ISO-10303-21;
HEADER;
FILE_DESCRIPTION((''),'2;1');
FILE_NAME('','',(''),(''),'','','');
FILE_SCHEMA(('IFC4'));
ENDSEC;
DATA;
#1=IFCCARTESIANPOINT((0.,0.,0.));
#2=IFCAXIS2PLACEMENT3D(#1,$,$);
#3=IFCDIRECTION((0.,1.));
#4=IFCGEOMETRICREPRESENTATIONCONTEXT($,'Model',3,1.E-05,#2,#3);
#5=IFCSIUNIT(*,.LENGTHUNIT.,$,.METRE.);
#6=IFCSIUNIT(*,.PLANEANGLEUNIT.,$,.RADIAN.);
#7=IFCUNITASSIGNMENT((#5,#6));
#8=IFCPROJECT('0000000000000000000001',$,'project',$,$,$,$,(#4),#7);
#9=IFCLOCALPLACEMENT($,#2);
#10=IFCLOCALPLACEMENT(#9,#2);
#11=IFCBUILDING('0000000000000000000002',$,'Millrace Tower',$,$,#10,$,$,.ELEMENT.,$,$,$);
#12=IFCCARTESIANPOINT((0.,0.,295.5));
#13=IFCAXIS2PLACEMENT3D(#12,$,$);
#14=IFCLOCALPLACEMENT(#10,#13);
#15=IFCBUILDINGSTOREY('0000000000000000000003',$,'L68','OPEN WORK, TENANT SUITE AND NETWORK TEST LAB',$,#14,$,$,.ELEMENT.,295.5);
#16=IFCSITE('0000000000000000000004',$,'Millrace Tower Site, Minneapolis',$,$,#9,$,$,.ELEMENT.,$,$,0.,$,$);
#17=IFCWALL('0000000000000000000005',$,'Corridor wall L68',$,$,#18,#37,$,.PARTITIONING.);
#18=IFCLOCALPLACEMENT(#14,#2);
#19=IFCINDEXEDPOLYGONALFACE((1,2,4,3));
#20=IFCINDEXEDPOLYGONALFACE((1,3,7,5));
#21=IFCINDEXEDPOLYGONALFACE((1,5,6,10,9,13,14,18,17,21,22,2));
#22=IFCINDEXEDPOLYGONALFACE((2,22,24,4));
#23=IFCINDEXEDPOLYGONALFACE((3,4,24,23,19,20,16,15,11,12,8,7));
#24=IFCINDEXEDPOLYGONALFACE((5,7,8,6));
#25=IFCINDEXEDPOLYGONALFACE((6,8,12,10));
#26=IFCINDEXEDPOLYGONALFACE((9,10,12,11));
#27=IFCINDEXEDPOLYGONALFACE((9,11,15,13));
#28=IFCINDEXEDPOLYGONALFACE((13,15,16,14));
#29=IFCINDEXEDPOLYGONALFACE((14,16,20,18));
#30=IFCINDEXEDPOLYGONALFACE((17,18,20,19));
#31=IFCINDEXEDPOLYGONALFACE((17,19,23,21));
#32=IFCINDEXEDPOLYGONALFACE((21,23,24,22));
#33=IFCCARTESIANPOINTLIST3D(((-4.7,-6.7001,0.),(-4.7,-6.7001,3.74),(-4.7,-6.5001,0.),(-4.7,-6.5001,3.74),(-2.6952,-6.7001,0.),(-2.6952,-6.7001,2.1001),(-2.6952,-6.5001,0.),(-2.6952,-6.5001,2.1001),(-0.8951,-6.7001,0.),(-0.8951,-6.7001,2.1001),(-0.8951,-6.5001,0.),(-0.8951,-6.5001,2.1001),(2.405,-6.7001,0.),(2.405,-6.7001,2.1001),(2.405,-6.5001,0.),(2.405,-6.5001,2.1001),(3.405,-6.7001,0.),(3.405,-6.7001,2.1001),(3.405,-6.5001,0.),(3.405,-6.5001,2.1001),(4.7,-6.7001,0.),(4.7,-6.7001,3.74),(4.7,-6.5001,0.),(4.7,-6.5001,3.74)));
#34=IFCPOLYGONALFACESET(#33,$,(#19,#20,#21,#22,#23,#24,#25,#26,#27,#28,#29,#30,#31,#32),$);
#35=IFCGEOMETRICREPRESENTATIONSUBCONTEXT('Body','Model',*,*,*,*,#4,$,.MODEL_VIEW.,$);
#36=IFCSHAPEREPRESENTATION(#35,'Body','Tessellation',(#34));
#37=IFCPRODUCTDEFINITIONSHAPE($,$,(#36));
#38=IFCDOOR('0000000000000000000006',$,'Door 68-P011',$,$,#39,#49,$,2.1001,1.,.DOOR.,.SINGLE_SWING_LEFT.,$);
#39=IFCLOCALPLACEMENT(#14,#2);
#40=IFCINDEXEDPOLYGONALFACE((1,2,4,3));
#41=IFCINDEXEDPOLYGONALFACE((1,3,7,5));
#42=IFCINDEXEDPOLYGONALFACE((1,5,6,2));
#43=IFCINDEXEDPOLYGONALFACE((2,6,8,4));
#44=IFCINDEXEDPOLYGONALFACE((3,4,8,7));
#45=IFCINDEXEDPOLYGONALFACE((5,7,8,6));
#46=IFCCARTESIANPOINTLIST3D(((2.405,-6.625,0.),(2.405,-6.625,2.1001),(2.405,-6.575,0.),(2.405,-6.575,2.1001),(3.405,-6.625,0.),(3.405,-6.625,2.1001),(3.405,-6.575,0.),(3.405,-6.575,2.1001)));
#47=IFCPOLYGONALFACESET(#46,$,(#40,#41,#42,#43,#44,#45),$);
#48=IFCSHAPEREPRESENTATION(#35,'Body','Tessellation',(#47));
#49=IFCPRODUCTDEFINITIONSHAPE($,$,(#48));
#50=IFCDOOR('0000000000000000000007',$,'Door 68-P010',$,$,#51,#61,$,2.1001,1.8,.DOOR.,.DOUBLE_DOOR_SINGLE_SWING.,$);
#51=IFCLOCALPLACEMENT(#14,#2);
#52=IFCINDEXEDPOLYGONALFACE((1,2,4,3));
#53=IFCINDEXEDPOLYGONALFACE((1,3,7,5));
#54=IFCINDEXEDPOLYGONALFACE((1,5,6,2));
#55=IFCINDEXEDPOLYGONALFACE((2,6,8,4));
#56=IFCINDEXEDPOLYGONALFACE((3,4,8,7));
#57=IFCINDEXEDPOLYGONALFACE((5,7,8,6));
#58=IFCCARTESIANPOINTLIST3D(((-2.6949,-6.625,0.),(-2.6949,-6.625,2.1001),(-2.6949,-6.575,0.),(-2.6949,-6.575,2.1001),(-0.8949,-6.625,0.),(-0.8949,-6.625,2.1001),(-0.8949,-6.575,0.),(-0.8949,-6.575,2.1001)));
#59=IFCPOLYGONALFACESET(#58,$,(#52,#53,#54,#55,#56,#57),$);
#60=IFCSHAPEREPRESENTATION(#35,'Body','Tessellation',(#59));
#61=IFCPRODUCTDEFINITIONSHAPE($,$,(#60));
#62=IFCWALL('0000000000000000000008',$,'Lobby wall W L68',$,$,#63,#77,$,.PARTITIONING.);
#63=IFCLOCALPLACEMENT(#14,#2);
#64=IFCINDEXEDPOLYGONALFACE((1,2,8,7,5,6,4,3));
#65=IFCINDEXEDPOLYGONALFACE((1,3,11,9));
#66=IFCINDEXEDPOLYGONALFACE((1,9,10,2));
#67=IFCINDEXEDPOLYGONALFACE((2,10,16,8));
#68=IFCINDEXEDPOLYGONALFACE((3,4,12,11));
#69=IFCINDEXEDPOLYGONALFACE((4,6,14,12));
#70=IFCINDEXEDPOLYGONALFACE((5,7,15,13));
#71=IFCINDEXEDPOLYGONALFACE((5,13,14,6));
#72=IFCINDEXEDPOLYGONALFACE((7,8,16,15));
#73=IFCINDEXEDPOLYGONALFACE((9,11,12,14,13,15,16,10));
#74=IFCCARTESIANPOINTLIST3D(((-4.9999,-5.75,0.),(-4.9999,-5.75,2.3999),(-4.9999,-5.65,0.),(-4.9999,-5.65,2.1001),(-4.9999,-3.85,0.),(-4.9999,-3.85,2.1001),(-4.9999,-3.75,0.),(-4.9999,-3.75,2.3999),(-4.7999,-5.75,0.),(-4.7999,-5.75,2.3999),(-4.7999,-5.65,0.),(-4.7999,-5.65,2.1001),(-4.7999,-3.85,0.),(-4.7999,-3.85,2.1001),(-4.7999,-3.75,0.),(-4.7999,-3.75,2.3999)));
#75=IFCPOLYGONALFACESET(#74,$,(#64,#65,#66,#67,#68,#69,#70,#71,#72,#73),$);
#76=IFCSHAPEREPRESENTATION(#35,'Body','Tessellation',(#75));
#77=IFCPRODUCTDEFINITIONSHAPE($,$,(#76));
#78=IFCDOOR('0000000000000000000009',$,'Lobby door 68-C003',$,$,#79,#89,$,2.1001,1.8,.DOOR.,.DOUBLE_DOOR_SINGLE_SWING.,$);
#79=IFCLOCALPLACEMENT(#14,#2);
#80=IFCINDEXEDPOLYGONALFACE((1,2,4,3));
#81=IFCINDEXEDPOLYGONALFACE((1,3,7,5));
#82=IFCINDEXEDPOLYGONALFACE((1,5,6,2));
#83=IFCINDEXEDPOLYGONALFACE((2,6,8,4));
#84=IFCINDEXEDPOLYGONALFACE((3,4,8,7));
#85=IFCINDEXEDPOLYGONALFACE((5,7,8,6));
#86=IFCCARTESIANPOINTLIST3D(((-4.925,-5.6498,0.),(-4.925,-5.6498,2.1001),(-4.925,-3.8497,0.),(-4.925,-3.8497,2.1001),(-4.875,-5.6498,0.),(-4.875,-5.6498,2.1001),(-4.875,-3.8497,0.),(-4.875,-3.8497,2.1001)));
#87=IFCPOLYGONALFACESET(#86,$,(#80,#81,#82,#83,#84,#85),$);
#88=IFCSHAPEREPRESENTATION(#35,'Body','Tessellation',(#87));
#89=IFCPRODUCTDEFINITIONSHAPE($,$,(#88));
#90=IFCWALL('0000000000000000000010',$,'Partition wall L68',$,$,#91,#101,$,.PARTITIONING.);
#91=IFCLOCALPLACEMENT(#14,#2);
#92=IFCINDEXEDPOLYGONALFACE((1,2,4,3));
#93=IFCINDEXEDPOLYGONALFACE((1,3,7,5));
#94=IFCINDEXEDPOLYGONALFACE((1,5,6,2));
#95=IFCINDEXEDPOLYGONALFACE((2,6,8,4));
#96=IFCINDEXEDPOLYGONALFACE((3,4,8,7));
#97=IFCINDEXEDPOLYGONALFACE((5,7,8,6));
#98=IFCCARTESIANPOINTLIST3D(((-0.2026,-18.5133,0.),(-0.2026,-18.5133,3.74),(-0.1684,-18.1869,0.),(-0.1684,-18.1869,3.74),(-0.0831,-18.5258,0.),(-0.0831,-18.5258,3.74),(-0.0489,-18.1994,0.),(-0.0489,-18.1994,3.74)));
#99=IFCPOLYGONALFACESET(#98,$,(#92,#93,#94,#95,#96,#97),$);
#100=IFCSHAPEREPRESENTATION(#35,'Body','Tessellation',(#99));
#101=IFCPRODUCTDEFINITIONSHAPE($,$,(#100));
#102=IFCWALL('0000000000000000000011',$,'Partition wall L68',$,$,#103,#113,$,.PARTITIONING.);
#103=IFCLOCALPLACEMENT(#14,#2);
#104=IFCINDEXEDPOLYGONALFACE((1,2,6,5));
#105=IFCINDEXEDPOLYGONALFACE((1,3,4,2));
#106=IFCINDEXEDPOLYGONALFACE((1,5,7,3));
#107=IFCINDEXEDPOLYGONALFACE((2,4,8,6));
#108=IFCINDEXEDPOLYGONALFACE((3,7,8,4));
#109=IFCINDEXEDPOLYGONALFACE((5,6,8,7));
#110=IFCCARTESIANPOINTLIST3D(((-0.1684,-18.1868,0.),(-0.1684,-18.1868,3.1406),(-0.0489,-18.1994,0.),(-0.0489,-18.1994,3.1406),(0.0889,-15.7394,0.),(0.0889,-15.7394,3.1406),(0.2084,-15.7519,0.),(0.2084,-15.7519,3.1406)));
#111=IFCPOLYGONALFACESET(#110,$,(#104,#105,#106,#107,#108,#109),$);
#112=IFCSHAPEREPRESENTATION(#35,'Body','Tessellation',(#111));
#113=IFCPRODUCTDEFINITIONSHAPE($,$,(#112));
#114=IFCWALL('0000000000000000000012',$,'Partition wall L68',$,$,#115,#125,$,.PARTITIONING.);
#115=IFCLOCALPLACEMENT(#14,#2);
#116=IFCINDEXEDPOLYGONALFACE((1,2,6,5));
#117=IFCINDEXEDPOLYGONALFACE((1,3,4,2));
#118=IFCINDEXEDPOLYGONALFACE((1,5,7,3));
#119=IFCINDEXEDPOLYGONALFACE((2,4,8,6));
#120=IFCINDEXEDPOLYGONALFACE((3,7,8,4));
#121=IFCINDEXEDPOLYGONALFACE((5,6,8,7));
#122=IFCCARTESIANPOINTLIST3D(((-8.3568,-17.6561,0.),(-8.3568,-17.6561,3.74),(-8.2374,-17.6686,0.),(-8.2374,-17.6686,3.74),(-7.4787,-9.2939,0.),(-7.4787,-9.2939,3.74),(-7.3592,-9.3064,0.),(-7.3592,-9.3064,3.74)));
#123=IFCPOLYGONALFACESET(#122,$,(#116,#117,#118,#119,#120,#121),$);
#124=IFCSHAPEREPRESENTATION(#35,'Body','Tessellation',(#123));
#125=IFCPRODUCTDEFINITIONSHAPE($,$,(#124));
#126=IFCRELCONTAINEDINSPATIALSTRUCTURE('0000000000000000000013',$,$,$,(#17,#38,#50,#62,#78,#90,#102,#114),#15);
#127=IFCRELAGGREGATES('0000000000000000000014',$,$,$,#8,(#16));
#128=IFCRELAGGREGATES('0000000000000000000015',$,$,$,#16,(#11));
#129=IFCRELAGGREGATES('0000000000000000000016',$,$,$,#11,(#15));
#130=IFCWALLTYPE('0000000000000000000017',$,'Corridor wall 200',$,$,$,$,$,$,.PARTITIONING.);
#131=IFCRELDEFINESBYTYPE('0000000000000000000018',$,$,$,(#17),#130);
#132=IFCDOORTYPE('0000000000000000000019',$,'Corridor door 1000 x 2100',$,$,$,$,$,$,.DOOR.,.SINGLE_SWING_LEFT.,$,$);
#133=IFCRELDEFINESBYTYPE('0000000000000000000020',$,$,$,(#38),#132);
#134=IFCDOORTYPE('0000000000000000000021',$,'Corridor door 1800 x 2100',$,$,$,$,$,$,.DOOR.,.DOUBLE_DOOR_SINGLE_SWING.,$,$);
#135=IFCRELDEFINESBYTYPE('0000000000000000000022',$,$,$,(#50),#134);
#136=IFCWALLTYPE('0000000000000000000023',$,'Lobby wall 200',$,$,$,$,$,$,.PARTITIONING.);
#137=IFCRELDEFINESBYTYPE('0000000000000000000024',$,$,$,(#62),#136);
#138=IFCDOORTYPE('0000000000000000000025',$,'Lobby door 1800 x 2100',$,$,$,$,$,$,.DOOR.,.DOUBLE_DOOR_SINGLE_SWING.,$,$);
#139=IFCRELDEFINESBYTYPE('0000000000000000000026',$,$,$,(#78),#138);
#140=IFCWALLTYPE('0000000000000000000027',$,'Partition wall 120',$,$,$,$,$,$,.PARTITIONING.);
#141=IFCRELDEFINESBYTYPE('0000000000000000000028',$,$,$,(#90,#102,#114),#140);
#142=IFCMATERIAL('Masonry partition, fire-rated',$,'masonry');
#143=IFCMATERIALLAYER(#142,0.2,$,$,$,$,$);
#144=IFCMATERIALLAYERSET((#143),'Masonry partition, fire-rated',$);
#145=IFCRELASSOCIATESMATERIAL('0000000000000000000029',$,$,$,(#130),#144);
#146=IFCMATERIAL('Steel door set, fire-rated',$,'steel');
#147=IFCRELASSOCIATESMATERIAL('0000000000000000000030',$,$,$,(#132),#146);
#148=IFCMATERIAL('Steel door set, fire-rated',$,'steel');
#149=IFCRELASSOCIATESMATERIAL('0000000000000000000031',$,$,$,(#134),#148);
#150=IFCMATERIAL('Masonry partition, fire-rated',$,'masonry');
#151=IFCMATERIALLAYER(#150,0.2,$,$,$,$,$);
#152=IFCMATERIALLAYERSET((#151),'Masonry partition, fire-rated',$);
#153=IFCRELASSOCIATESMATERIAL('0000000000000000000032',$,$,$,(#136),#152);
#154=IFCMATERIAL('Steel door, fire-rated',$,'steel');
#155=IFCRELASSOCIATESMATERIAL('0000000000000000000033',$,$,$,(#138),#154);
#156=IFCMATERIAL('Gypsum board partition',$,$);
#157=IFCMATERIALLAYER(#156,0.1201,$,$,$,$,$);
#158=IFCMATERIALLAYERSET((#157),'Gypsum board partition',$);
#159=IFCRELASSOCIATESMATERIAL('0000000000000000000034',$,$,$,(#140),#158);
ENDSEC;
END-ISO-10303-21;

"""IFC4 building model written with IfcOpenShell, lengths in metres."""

from ifc_helpers import new_model, si_unit, direction, frame, frame_2d, origin, place, context, subcontext, project, spatial, rectangle, extrude, material, layer, layer_set, type_object, element, fill, save


model = new_model("IFC4")

# Units and contexts
model_context = context("Model", 3, precision=1e-05, world=origin(), true_north=direction((0.0, 1.0)))
body_context = subcontext(model_context, "Body", "Model", "MODEL_VIEW")
ifc_project = project(units=[si_unit("LENGTHUNIT", "METRE"), si_unit("PLANEANGLEUNIT", "RADIAN")], contexts=[model_context])

# Site, building, storey
site_placement = place(None, origin())
site = spatial("IfcSite", under=ifc_project, at=site_placement, Name="Millrace Tower Site, Minneapolis", CompositionType="ELEMENT", RefElevation=0.0)
building_placement = place(site_placement, origin())
building = spatial("IfcBuilding", under=site, at=building_placement, Name="Millrace Tower", CompositionType="ELEMENT")
storey_placement = place(building_placement, frame((0.0, 0.0, 295.5)))
storey = spatial("IfcBuildingStorey", under=building, at=storey_placement, Name="L68", Description="OPEN WORK, TENANT SUITE AND NETWORK TEST LAB", CompositionType="ELEMENT", Elevation=295.5)

# Wall, openings, doors
ifc_material_1 = material(Name="Masonry partition, fire-rated", Category="masonry")
ifc_layer_1 = layer(ifc_material_1, 0.2)
ifc_layer_set_1 = layer_set([ifc_layer_1], Name="Masonry partition, fire-rated")
wall_type_1 = type_object("IfcWallType", Name="Corridor wall 200", PredefinedType="PARTITIONING", material=ifc_layer_set_1)
wall_1_placement = place(storey_placement, frame((-4.7, -6.6001, 0.0), z_axis=(0.0, 0.0, 1.0), x_axis=(1.0, 0.0, 0.0)))
wall_1 = element("IfcWall", 1, at=wall_1_placement, inside=storey, type_object=wall_type_1, Name="Corridor wall L68", PredefinedType="PARTITIONING", context=body_context, shape_type="SweptSolid", body=[
    extrude(rectangle(XDim=9.3999, YDim=0.2, at=frame_2d((4.7, 0.0))), origin(), (0.0, 0.0, 1.0), 3.74),
])
opening_1_placement = place(wall_1_placement, frame((2.0049, 0.0, 0.0)))
opening_1 = element("IfcOpeningElement", 2, at=opening_1_placement, cuts=wall_1, PredefinedType="OPENING", context=body_context, shape_type="SweptSolid", body=[
    extrude(rectangle(XDim=1.8, YDim=2.1001, at=frame_2d((0.8999, 1.05))), frame((0.0, 0.1099, 0.0), z_axis=(0.0, -1.0, 0.0), x_axis=(1.0, 0.0, 0.0)), (0.0, 0.0, 1.0), 0.22),
])
opening_2_placement = place(wall_1_placement, frame((7.105, 0.0, 0.0)))
opening_2 = element("IfcOpeningElement", 3, at=opening_2_placement, cuts=wall_1, PredefinedType="OPENING", context=body_context, shape_type="SweptSolid", body=[
    extrude(rectangle(XDim=1.0, YDim=2.1001, at=frame_2d((0.5, 1.05))), frame((0.0, 0.1099, 0.0), z_axis=(0.0, -1.0, 0.0), x_axis=(1.0, 0.0, 0.0)), (0.0, 0.0, 1.0), 0.22),
])
ifc_material_2 = material(Name="Steel door set, fire-rated", Category="steel")
door_type_1 = type_object("IfcDoorType", Name="Corridor door 1000 x 2100", OperationType="SINGLE_SWING_LEFT", PredefinedType="DOOR", material=ifc_material_2)
door_1_placement = place(opening_2_placement, frame((1.0, 0.0, 0.0), z_axis=(0.0, 0.0, 1.0), x_axis=(-1.0, 0.0, 0.0)))
door_1 = element("IfcDoor", 4, at=door_1_placement, inside=storey, type_object=door_type_1, Name="Door 68-P011", OperationType="SINGLE_SWING_LEFT", OverallHeight=2.1001, OverallWidth=1.0, PredefinedType="DOOR", context=body_context, shape_type="SweptSolid", body=[
    extrude(rectangle(XDim=1.0, YDim=2.1001, at=frame_2d((0.5, 1.05))), frame((0.0, 0.0249, 0.0), z_axis=(0.0, -1.0, 0.0), x_axis=(1.0, 0.0, 0.0)), (0.0, 0.0, 1.0), 0.05),
])
fill(opening_2, door_1)
ifc_material_3 = material(Name="Steel door set, fire-rated", Category="steel")
door_type_2 = type_object("IfcDoorType", Name="Corridor door 1800 x 2100", OperationType="DOUBLE_DOOR_SINGLE_SWING", PredefinedType="DOOR", material=ifc_material_3)
door_2_placement = place(opening_1_placement, frame((1.8, 0.0, 0.0), z_axis=(0.0, 0.0, 1.0), x_axis=(-1.0, 0.0, 0.0)))
door_2 = element("IfcDoor", 5, at=door_2_placement, inside=storey, type_object=door_type_2, Name="Door 68-P010", OperationType="DOUBLE_DOOR_SINGLE_SWING", OverallHeight=2.1001, OverallWidth=1.8, PredefinedType="DOOR", context=body_context, shape_type="SweptSolid", body=[
    extrude(rectangle(XDim=1.8, YDim=2.1001, at=frame_2d((0.8999, 1.05))), frame((0.0, 0.0249, 0.0), z_axis=(0.0, -1.0, 0.0), x_axis=(1.0, 0.0, 0.0)), (0.0, 0.0, 1.0), 0.05),
])
fill(opening_1, door_2)

# Wall, opening, door
ifc_material_4 = material(Name="Masonry partition, fire-rated", Category="masonry")
ifc_layer_2 = layer(ifc_material_4, 0.2)
ifc_layer_set_2 = layer_set([ifc_layer_2], Name="Masonry partition, fire-rated")
wall_type_2 = type_object("IfcWallType", Name="Lobby wall 200", PredefinedType="PARTITIONING", material=ifc_layer_set_2)
wall_2_placement = place(storey_placement, frame((-4.8999, -5.75, 0.0), z_axis=(0.0, 0.0, 1.0), x_axis=(0.0, 1.0, 0.0)))
wall_2 = element("IfcWall", 6, at=wall_2_placement, inside=storey, type_object=wall_type_2, Name="Lobby wall W L68", PredefinedType="PARTITIONING", context=body_context, shape_type="SweptSolid", body=[
    extrude(rectangle(XDim=2.0, YDim=0.2, at=frame_2d((1.0, 0.0))), origin(), (0.0, 0.0, 1.0), 2.3999),
])
opening_3_placement = place(wall_2_placement, frame((0.1001, 0.0, 0.0)))
opening_3 = element("IfcOpeningElement", 7, at=opening_3_placement, cuts=wall_2, PredefinedType="OPENING", context=body_context, shape_type="SweptSolid", body=[
    extrude(rectangle(XDim=1.8, YDim=2.1001, at=frame_2d((0.8999, 1.05))), frame((0.0, 0.1099, 0.0), z_axis=(0.0, -1.0, 0.0), x_axis=(1.0, 0.0, 0.0)), (0.0, 0.0, 1.0), 0.22),
])
ifc_material_5 = material(Name="Steel door, fire-rated", Category="steel")
door_type_3 = type_object("IfcDoorType", Name="Lobby door 1800 x 2100", OperationType="DOUBLE_DOOR_SINGLE_SWING", PredefinedType="DOOR", material=ifc_material_5)
door_3_placement = place(opening_3_placement, frame((1.8, 0.0, 0.0), z_axis=(0.0, 0.0, 1.0), x_axis=(-1.0, 0.0, 0.0)))
door_3 = element("IfcDoor", 8, at=door_3_placement, inside=storey, type_object=door_type_3, Name="Lobby door 68-C003", OperationType="DOUBLE_DOOR_SINGLE_SWING", OverallHeight=2.1001, OverallWidth=1.8, PredefinedType="DOOR", context=body_context, shape_type="SweptSolid", body=[
    extrude(rectangle(XDim=1.8, YDim=2.1001, at=frame_2d((0.8999, 1.05))), frame((0.0, 0.0249, 0.0), z_axis=(0.0, -1.0, 0.0), x_axis=(1.0, 0.0, 0.0)), (0.0, 0.0, 1.0), 0.05),
])
fill(opening_3, door_3)

# Walls
ifc_material_6 = material(Name="Gypsum board partition")
ifc_layer_3 = layer(ifc_material_6, 0.1201)
ifc_layer_set_3 = layer_set([ifc_layer_3], Name="Gypsum board partition")
wall_type_3 = type_object("IfcWallType", Name="Partition wall 120", PredefinedType="PARTITIONING", material=ifc_layer_set_3)
wall_3_placement = place(storey_placement, frame((-0.1428, -18.5195, 0.0), z_axis=(0.0, 0.0, 1.0), x_axis=(0.104143, 0.994562, 0.0)))
element("IfcWall", 9, at=wall_3_placement, inside=storey, type_object=wall_type_3, Name="Partition wall L68", PredefinedType="PARTITIONING", context=body_context, shape_type="SweptSolid", body=[
    extrude(rectangle(XDim=0.3281, YDim=0.1201, at=frame_2d((0.1641, 0.0))), origin(), (0.0, 0.0, 1.0), 3.74),
])
wall_4_placement = place(storey_placement, frame((-0.1086, -18.1931, 0.0), z_axis=(0.0, 0.0, 1.0), x_axis=(0.104561, 0.994518, 0.0)))
element("IfcWall", 10, at=wall_4_placement, inside=storey, type_object=wall_type_3, Name="Partition wall L68", PredefinedType="PARTITIONING", context=body_context, shape_type="SweptSolid", body=[
    extrude(rectangle(XDim=2.4609, YDim=0.1201, at=frame_2d((1.2305, 0.0))), origin(), (0.0, 0.0, 1.0), 3.1406),
])
wall_5_placement = place(storey_placement, frame((-8.2971, -17.6624, 0.0), z_axis=(0.0, 0.0, 1.0), x_axis=(0.104441, 0.994531, 0.0)))
element("IfcWall", 11, at=wall_5_placement, inside=storey, type_object=wall_type_3, Name="Partition wall L68", PredefinedType="PARTITIONING", context=body_context, shape_type="SweptSolid", body=[
    extrude(rectangle(XDim=8.4082, YDim=0.1201, at=frame_2d((4.2041, 0.0))), origin(), (0.0, 0.0, 1.0), 3.74),
])

save(model, "model.ifc")
